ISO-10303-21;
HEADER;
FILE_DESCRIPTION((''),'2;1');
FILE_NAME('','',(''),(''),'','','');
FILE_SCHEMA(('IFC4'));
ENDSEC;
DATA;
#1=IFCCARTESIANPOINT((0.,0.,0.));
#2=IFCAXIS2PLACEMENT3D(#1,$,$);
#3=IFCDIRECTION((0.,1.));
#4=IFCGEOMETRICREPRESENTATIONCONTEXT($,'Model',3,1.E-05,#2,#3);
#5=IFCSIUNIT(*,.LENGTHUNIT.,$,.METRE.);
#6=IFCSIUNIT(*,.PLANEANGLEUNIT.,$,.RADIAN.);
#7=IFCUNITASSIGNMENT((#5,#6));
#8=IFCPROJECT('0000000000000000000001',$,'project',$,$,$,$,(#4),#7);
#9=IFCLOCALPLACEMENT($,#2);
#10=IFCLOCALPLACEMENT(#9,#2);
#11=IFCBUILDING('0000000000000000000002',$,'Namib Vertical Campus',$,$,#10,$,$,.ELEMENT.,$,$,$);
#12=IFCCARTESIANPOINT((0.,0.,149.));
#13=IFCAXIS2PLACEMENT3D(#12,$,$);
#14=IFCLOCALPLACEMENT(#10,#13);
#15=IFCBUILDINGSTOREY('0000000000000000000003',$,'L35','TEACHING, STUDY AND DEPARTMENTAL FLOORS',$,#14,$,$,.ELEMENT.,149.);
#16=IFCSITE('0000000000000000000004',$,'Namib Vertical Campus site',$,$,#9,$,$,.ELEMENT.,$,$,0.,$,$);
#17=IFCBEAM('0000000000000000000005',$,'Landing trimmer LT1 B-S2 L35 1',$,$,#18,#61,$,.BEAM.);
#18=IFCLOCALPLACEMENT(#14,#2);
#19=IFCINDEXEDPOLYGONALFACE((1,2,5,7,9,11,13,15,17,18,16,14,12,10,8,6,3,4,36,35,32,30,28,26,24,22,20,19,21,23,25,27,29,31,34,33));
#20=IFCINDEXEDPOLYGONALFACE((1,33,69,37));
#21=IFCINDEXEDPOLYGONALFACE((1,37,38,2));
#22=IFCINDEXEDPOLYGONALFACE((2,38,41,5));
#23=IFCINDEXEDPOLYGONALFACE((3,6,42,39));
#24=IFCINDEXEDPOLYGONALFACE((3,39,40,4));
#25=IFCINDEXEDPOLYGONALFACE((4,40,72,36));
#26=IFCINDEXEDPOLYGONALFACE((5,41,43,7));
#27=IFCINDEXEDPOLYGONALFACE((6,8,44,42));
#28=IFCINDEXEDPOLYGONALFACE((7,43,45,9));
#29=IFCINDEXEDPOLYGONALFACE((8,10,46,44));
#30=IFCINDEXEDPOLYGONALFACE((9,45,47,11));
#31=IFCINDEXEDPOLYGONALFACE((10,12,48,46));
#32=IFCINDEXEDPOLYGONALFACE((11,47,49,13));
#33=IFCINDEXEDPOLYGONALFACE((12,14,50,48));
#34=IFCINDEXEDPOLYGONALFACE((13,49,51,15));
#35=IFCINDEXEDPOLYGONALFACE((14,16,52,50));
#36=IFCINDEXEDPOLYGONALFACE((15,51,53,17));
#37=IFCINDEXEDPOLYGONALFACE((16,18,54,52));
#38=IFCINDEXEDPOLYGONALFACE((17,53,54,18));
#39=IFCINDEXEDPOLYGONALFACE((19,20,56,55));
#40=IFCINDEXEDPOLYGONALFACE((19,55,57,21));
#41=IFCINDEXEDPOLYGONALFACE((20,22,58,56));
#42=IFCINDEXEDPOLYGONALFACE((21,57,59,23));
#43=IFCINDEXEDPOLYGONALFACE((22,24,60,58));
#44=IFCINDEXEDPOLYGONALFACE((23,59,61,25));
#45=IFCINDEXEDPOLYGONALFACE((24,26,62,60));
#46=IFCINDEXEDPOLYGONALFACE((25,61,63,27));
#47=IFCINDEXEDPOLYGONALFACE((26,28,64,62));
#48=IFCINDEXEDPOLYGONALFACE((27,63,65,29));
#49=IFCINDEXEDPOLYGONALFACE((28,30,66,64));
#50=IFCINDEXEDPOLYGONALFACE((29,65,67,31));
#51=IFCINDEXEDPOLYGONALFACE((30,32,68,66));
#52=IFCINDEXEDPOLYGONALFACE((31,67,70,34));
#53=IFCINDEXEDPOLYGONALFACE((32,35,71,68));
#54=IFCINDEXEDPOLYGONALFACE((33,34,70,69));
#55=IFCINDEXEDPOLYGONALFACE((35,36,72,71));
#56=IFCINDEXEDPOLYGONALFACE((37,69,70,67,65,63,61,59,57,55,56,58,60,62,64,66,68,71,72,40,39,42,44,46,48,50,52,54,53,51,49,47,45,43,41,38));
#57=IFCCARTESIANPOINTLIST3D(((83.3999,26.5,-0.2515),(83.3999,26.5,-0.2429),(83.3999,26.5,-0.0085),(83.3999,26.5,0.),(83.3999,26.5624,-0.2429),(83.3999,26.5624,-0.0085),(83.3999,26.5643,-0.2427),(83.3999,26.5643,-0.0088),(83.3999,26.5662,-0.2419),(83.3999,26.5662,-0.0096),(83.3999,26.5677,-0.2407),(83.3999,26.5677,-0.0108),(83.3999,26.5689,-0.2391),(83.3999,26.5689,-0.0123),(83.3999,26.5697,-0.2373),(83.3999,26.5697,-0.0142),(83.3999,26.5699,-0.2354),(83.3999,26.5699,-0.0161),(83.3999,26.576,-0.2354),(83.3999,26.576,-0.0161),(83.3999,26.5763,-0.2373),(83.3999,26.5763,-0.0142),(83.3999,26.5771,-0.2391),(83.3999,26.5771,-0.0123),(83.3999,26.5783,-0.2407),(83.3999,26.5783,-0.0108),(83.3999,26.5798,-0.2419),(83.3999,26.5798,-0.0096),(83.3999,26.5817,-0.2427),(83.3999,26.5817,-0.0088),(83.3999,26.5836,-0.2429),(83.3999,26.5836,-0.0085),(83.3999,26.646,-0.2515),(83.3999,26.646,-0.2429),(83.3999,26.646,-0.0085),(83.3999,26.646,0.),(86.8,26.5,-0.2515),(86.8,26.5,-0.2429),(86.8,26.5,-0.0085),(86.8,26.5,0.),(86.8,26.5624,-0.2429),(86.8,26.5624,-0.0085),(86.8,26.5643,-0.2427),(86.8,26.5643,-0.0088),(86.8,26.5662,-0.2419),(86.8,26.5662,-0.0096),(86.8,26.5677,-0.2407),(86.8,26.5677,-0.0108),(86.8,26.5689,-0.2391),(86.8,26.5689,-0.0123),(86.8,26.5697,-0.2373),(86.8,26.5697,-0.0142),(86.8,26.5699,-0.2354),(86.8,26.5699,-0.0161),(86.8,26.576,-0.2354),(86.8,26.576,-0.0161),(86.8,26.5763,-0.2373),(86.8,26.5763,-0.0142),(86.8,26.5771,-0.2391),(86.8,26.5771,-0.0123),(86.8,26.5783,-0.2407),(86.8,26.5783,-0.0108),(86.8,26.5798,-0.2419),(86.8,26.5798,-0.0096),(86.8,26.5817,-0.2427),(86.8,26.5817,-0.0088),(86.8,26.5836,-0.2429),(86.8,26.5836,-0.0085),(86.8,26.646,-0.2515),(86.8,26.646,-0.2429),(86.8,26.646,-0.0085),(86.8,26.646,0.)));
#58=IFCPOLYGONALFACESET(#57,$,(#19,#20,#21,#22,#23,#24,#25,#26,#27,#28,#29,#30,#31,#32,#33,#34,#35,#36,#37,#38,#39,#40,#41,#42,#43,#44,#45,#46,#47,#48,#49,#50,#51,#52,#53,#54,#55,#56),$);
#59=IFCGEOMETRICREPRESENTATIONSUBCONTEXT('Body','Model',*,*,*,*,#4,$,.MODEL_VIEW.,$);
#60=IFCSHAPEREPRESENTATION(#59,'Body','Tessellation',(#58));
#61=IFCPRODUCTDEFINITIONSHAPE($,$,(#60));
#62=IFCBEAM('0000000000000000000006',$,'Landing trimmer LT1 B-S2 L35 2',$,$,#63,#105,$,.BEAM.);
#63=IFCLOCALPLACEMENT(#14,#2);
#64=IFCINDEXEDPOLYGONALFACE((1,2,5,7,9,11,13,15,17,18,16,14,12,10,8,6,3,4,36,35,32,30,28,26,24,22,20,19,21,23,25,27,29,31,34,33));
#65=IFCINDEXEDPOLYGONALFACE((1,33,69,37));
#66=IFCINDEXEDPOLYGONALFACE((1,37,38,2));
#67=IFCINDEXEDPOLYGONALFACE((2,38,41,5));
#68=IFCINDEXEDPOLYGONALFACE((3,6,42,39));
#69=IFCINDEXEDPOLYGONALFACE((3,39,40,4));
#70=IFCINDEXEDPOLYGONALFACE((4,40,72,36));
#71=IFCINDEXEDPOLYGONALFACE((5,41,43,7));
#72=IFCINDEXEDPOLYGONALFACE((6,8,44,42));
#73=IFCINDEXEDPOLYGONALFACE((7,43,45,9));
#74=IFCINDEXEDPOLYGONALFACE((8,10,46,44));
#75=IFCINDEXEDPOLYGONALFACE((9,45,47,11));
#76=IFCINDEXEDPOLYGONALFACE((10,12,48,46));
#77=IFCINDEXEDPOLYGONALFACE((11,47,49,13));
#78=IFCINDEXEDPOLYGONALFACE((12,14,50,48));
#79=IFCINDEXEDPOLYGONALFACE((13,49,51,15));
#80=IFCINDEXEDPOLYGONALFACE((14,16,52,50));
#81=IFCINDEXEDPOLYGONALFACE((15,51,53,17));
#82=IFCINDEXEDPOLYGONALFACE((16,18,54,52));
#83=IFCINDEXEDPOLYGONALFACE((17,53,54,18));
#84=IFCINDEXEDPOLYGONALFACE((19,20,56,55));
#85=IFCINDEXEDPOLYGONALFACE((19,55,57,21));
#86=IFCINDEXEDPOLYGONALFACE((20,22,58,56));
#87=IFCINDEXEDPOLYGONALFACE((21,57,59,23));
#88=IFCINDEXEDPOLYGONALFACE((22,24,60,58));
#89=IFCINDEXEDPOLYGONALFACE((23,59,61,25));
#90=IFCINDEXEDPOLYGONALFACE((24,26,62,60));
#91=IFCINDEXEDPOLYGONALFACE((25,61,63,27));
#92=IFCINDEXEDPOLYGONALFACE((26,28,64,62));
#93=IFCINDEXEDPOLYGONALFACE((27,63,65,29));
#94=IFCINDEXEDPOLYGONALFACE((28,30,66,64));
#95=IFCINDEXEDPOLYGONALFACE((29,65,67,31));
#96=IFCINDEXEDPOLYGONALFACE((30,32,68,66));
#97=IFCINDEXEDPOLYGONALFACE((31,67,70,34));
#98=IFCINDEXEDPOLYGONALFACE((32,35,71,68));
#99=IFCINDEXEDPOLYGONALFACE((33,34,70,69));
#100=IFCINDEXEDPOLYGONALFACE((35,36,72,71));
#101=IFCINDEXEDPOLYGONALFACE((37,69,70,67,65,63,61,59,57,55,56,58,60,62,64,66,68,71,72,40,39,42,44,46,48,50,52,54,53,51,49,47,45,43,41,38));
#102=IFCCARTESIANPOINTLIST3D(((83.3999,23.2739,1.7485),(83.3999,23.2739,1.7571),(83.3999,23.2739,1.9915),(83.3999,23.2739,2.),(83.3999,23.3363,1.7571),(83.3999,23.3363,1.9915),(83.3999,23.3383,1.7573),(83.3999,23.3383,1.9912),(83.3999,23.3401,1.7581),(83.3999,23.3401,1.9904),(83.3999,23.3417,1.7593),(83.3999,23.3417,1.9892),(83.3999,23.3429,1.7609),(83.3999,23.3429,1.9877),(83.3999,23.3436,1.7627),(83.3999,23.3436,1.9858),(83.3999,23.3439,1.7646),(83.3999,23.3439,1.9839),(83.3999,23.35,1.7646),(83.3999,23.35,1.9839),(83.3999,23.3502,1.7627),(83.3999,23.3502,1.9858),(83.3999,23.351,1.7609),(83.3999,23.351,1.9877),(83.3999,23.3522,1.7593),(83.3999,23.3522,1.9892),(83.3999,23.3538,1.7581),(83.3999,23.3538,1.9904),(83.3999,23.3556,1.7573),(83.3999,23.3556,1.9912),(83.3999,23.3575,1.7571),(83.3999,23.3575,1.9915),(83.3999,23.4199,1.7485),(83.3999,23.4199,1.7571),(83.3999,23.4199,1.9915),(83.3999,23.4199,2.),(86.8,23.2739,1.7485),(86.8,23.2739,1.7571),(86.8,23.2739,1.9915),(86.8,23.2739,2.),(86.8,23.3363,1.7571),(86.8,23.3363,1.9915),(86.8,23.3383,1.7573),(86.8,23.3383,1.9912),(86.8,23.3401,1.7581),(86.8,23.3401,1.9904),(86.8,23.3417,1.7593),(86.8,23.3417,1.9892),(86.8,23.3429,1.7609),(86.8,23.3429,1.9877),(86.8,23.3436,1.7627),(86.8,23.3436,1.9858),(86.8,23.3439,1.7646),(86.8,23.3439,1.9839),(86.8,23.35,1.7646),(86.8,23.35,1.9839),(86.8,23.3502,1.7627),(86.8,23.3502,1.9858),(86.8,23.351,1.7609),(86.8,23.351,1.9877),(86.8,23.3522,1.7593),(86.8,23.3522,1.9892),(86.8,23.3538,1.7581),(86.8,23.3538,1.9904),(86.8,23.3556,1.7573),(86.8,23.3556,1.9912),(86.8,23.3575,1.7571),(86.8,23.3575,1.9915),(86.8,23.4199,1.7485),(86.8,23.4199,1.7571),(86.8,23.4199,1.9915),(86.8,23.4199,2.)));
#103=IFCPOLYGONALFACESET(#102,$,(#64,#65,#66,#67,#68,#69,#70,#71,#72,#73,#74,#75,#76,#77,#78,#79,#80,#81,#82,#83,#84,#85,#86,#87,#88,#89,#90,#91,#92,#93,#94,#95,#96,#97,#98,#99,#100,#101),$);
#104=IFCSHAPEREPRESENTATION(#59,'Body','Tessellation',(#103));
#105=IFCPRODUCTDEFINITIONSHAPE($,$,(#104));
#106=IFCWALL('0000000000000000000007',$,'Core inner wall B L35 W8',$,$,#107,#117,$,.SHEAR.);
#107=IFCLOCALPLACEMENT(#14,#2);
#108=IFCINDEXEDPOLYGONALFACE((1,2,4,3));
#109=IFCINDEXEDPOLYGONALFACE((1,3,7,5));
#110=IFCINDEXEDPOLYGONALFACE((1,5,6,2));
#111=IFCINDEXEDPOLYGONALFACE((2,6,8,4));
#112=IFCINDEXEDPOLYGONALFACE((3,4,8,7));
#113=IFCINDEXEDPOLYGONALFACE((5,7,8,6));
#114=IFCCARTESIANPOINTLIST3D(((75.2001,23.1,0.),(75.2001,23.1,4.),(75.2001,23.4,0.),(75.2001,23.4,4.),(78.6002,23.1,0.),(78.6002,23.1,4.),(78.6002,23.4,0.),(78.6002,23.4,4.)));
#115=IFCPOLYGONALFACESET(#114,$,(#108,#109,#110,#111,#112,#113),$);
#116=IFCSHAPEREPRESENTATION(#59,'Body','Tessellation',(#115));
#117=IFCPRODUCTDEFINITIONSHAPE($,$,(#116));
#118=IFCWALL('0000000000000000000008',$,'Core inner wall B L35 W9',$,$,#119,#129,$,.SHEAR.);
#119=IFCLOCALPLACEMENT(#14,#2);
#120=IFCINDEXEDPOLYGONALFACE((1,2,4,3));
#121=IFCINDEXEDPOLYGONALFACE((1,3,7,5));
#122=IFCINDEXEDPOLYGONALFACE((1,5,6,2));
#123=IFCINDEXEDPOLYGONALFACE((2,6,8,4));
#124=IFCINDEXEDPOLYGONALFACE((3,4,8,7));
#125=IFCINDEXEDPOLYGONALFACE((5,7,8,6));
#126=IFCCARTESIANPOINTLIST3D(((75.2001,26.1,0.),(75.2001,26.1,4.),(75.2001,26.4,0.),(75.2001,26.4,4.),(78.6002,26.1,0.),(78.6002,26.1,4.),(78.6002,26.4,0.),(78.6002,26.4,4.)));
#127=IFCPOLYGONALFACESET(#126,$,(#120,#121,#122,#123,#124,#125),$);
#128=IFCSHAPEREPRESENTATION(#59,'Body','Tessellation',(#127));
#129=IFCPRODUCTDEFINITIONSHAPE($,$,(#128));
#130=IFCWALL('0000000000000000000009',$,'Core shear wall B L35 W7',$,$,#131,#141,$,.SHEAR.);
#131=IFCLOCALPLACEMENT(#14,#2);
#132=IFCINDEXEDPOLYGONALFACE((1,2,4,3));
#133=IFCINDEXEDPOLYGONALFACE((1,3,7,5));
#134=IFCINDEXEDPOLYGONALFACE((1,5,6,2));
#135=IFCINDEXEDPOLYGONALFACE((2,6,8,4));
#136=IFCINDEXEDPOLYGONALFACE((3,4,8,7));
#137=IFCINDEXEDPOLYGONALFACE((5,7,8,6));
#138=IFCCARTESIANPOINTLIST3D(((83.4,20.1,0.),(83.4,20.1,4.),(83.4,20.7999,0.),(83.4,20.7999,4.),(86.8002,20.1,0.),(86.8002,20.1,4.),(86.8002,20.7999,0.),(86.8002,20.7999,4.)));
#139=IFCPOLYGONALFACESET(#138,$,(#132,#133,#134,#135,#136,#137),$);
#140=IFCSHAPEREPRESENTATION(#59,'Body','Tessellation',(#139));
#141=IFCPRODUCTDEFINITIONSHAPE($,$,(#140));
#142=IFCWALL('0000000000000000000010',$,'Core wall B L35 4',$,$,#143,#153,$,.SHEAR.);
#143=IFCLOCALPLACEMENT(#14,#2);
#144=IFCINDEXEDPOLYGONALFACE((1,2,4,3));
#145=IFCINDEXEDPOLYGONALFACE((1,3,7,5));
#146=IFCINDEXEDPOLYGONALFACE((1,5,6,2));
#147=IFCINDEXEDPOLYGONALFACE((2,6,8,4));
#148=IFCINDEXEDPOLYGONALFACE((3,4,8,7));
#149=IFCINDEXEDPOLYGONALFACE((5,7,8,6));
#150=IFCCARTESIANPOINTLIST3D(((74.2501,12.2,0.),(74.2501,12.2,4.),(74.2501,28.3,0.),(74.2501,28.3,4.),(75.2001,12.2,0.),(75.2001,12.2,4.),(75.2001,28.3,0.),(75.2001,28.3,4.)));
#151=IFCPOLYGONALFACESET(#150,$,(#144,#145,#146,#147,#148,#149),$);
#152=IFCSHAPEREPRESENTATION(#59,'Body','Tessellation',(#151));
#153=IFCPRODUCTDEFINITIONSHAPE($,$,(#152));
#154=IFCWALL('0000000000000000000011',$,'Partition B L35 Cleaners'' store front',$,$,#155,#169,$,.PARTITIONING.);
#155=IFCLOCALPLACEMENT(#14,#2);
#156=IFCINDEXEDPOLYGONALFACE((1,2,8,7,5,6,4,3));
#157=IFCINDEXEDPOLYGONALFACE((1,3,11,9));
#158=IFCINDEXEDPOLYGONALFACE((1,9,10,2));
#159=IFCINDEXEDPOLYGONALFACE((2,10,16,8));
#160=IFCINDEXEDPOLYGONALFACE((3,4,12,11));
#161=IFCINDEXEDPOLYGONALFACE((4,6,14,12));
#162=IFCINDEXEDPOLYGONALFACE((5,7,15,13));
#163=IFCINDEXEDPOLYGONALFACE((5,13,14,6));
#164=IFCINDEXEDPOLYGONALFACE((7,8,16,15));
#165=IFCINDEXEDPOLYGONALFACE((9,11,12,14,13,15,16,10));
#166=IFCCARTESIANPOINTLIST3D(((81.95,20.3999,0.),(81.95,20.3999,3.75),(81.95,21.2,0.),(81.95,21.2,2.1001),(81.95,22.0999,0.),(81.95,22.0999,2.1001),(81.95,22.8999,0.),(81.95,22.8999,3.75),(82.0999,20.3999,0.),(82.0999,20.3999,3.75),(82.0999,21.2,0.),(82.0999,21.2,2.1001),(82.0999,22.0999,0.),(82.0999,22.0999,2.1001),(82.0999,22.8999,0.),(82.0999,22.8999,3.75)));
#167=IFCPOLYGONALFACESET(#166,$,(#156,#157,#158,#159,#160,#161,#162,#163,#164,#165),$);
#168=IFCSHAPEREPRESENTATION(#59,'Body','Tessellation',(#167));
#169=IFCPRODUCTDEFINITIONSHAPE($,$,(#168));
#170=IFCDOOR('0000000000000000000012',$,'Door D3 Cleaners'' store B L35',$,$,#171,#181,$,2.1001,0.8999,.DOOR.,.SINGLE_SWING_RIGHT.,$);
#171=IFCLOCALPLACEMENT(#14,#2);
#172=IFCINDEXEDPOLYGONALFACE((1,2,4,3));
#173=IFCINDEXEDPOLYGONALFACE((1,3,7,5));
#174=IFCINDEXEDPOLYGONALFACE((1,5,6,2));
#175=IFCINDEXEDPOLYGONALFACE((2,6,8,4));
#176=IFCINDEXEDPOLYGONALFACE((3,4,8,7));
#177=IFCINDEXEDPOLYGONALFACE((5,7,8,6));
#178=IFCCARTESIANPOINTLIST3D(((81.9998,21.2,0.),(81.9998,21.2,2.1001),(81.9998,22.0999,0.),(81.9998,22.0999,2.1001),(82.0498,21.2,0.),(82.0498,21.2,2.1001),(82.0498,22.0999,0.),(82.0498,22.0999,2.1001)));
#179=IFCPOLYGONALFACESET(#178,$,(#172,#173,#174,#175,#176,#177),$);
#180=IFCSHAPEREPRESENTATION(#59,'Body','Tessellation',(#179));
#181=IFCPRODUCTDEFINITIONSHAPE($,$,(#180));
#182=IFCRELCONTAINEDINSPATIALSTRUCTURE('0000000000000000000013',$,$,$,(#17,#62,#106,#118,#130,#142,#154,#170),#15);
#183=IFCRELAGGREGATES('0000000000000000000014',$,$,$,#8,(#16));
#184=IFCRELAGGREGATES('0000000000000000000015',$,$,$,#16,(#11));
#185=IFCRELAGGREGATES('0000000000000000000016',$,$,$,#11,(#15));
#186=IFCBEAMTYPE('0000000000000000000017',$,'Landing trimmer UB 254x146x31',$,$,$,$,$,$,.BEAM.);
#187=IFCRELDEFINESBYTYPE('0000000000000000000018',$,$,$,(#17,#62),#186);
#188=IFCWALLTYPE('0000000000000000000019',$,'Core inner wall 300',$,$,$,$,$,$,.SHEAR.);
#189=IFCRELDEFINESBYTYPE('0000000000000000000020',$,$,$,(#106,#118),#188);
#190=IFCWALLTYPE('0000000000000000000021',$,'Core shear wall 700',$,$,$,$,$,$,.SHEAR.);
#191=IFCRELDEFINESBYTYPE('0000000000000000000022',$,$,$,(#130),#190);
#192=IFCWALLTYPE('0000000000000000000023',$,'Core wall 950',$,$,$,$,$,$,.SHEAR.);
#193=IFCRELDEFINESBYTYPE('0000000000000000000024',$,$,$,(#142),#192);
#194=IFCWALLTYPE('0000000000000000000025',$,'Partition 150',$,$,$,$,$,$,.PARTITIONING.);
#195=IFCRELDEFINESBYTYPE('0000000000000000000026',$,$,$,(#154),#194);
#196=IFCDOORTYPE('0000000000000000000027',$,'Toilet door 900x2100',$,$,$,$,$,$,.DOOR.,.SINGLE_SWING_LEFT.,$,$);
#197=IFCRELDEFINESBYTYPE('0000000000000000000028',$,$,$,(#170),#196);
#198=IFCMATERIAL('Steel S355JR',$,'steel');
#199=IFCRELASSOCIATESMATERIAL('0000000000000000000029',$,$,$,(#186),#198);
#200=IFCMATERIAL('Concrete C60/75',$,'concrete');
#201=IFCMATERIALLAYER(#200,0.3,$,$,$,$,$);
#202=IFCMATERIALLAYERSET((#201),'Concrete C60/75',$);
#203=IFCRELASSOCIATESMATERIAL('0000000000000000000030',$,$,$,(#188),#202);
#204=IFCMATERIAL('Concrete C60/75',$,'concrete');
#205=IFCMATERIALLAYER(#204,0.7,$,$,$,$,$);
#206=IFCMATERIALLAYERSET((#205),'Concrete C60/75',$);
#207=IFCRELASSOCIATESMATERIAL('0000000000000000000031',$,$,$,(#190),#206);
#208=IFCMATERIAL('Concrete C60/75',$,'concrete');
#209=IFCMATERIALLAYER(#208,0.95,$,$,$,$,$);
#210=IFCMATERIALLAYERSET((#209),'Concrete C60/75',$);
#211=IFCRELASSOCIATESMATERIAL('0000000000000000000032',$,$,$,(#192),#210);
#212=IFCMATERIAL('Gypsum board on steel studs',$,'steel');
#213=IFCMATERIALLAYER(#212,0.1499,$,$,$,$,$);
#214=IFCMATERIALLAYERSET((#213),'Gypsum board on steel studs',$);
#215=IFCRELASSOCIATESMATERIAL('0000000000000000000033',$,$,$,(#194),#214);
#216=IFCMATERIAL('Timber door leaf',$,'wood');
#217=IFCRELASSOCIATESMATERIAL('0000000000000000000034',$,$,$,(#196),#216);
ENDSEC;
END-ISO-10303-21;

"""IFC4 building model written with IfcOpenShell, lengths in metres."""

from ifc_helpers import new_model, si_unit, direction, frame, frame_2d, origin, origin_2d, place, context, subcontext, project, spatial, rectangle, i_section, extrude, material, layer, layer_set, material_profile, profile_set, type_object, element, fill, save


model = new_model("IFC4")

# Units and contexts
model_context = context("Model", 3, precision=1e-05, world=origin(), true_north=direction((0.0, 1.0)))
body_context = subcontext(model_context, "Body", "Model", "MODEL_VIEW")
ifc_project = project(units=[si_unit("LENGTHUNIT", "METRE"), si_unit("PLANEANGLEUNIT", "RADIAN")], contexts=[model_context])

# Site, building, storey
site_placement = place(None, origin())
site = spatial("IfcSite", under=ifc_project, at=site_placement, Name="Namib Vertical Campus site", CompositionType="ELEMENT", RefElevation=0.0)
building_placement = place(site_placement, origin())
building = spatial("IfcBuilding", under=site, at=building_placement, Name="Namib Vertical Campus", CompositionType="ELEMENT")
storey_placement = place(building_placement, frame((0.0, 0.0, 149.0)))
storey = spatial("IfcBuildingStorey", under=building, at=storey_placement, Name="L35", Description="TEACHING, STUDY AND DEPARTMENTAL FLOORS", CompositionType="ELEMENT", Elevation=149.0)

# Beams
ifc_material_1 = material(Name="Steel S355JR", Category="steel")
ifc_material_profile = material_profile(ifc_material_1, i_section(OverallWidth=0.146, OverallDepth=0.2515, WebThickness=0.0061, FlangeThickness=0.0085, FilletRadius=0.0076, at=origin_2d()))
ifc_profile_set = profile_set([ifc_material_profile], Name="Steel S355JR")
beam_type = type_object("IfcBeamType", Name="Landing trimmer UB 254x146x31", PredefinedType="BEAM", material=ifc_profile_set)
for number, where, z_axis, x_axis, name in (
    (1, (83.3999, 26.573, -0.1257), (1.0, 0.0, 0.0), (0.0, 1.0, 0.0), "Landing trimmer LT1 B-S2 L35 1"),
    (2, (83.3999, 23.3469, 1.8743), (1.0, 0.0, 0.0), (0.0, 1.0, 0.0), "Landing trimmer LT1 B-S2 L35 2"),
):
    element("IfcBeam", number, at=place(storey_placement, frame(where, z_axis=z_axis, x_axis=x_axis)), inside=storey, type_object=beam_type, Name=name, PredefinedType="BEAM", context=body_context, shape_type="SweptSolid", body=[
        extrude(i_section(OverallWidth=0.146, OverallDepth=0.2515, WebThickness=0.0061, FlangeThickness=0.0085, FilletRadius=0.0076, at=origin_2d()), origin(), (0.0, 0.0, 1.0), 3.4001),
    ])

# Walls
ifc_material_2 = material(Name="Concrete C60/75", Category="concrete")
ifc_layer_1 = layer(ifc_material_2, 0.3)
ifc_layer_set_1 = layer_set([ifc_layer_1], Name="Concrete C60/75")
wall_type_1 = type_object("IfcWallType", Name="Core inner wall 300", PredefinedType="SHEAR", material=ifc_layer_set_1)
for number, where, z_axis, x_axis, name in (
    (3, (75.2, 23.25, 0.0), (0.0, 0.0, 1.0), (1.0, 0.0, 0.0), "Core inner wall B L35 W8"),
    (4, (75.2, 26.25, 0.0), (0.0, 0.0, 1.0), (1.0, 0.0, 0.0), "Core inner wall B L35 W9"),
):
    element("IfcWall", number, at=place(storey_placement, frame(where, z_axis=z_axis, x_axis=x_axis)), inside=storey, type_object=wall_type_1, Name=name, PredefinedType="SHEAR", context=body_context, shape_type="SweptSolid", body=[
        extrude(rectangle(XDim=3.4001, YDim=0.3, at=frame_2d((1.7002, 0.0))), origin(), (0.0, 0.0, 1.0), 4.0),
    ])
ifc_material_3 = material(Name="Concrete C60/75", Category="concrete")
ifc_layer_2 = layer(ifc_material_3, 0.7)
ifc_layer_set_2 = layer_set([ifc_layer_2], Name="Concrete C60/75")
wall_type_2 = type_object("IfcWallType", Name="Core shear wall 700", PredefinedType="SHEAR", material=ifc_layer_set_2)
wall_1_placement = place(storey_placement, frame((83.3999, 20.45, 0.0), z_axis=(0.0, 0.0, 1.0), x_axis=(1.0, 0.0, 0.0)))
element("IfcWall", 5, at=wall_1_placement, inside=storey, type_object=wall_type_2, Name="Core shear wall B L35 W7", PredefinedType="SHEAR", context=body_context, shape_type="SweptSolid", body=[
    extrude(rectangle(XDim=3.4001, YDim=0.7, at=frame_2d((1.7002, 0.0))), origin(), (0.0, 0.0, 1.0), 4.0),
])
ifc_material_4 = material(Name="Concrete C60/75", Category="concrete")
ifc_layer_3 = layer(ifc_material_4, 0.95)
ifc_layer_set_3 = layer_set([ifc_layer_3], Name="Concrete C60/75")
wall_type_3 = type_object("IfcWallType", Name="Core wall 950", PredefinedType="SHEAR", material=ifc_layer_set_3)
wall_2_placement = place(storey_placement, frame((74.7251, 28.3, 0.0), z_axis=(0.0, 0.0, 1.0), x_axis=(0.0, -1.0, 0.0)))
element("IfcWall", 6, at=wall_2_placement, inside=storey, type_object=wall_type_3, Name="Core wall B L35 4", PredefinedType="SHEAR", context=body_context, shape_type="SweptSolid", body=[
    extrude(rectangle(XDim=16.1001, YDim=0.95, at=frame_2d((8.05, 0.0))), origin(), (0.0, 0.0, 1.0), 4.0),
])

# Wall, opening, door
ifc_material_5 = material(Name="Gypsum board on steel studs", Category="steel")
ifc_layer_4 = layer(ifc_material_5, 0.1499)
ifc_layer_set_4 = layer_set([ifc_layer_4], Name="Gypsum board on steel studs")
wall_type_4 = type_object("IfcWallType", Name="Partition 150", PredefinedType="PARTITIONING", material=ifc_layer_set_4)
wall_3_placement = place(storey_placement, frame((82.0249, 20.3999, 0.0), z_axis=(0.0, 0.0, 1.0), x_axis=(0.0, 1.0, 0.0)))
wall_3 = element("IfcWall", 7, at=wall_3_placement, inside=storey, type_object=wall_type_4, Name="Partition B L35 Cleaners' store front", PredefinedType="PARTITIONING", context=body_context, shape_type="SweptSolid", body=[
    extrude(rectangle(XDim=2.5, YDim=0.1499, at=frame_2d((1.25, 0.0))), origin(), (0.0, 0.0, 1.0), 3.75),
])
opening_1_placement = place(wall_3_placement, frame((0.8, 0.0, 0.0)))
opening_1 = element("IfcOpeningElement", 8, at=opening_1_placement, cuts=wall_3, PredefinedType="OPENING", context=body_context, shape_type="SweptSolid", body=[
    extrude(rectangle(XDim=0.8999, YDim=2.1001, at=frame_2d((0.45, 1.05))), frame((0.0, 0.085, 0.0), z_axis=(0.0, -1.0, 0.0), x_axis=(1.0, 0.0, 0.0)), (0.0, 0.0, 1.0), 0.1699),
])
ifc_material_6 = material(Name="Timber door leaf", Category="wood")
door_type = type_object("IfcDoorType", Name="Toilet door 900x2100", OperationType="SINGLE_SWING_LEFT", PredefinedType="DOOR", material=ifc_material_6)
door_1_placement = place(opening_1_placement, frame((0.8999, 0.0, 0.0), z_axis=(0.0, 0.0, 1.0), x_axis=(-1.0, 0.0, 0.0)))
door_1 = element("IfcDoor", 9, at=door_1_placement, inside=storey, type_object=door_type, Name="Door D3 Cleaners' store B L35", OperationType="SINGLE_SWING_RIGHT", OverallHeight=2.1001, OverallWidth=0.8999, PredefinedType="DOOR", context=body_context, shape_type="SweptSolid", body=[
    extrude(rectangle(XDim=0.8999, YDim=2.1001, at=frame_2d((0.45, 1.05))), frame((0.0, 0.0249, 0.0), z_axis=(0.0, -1.0, 0.0), x_axis=(1.0, 0.0, 0.0)), (0.0, 0.0, 1.0), 0.05),
])
fill(opening_1, door_1)

save(model, "model.ifc")
